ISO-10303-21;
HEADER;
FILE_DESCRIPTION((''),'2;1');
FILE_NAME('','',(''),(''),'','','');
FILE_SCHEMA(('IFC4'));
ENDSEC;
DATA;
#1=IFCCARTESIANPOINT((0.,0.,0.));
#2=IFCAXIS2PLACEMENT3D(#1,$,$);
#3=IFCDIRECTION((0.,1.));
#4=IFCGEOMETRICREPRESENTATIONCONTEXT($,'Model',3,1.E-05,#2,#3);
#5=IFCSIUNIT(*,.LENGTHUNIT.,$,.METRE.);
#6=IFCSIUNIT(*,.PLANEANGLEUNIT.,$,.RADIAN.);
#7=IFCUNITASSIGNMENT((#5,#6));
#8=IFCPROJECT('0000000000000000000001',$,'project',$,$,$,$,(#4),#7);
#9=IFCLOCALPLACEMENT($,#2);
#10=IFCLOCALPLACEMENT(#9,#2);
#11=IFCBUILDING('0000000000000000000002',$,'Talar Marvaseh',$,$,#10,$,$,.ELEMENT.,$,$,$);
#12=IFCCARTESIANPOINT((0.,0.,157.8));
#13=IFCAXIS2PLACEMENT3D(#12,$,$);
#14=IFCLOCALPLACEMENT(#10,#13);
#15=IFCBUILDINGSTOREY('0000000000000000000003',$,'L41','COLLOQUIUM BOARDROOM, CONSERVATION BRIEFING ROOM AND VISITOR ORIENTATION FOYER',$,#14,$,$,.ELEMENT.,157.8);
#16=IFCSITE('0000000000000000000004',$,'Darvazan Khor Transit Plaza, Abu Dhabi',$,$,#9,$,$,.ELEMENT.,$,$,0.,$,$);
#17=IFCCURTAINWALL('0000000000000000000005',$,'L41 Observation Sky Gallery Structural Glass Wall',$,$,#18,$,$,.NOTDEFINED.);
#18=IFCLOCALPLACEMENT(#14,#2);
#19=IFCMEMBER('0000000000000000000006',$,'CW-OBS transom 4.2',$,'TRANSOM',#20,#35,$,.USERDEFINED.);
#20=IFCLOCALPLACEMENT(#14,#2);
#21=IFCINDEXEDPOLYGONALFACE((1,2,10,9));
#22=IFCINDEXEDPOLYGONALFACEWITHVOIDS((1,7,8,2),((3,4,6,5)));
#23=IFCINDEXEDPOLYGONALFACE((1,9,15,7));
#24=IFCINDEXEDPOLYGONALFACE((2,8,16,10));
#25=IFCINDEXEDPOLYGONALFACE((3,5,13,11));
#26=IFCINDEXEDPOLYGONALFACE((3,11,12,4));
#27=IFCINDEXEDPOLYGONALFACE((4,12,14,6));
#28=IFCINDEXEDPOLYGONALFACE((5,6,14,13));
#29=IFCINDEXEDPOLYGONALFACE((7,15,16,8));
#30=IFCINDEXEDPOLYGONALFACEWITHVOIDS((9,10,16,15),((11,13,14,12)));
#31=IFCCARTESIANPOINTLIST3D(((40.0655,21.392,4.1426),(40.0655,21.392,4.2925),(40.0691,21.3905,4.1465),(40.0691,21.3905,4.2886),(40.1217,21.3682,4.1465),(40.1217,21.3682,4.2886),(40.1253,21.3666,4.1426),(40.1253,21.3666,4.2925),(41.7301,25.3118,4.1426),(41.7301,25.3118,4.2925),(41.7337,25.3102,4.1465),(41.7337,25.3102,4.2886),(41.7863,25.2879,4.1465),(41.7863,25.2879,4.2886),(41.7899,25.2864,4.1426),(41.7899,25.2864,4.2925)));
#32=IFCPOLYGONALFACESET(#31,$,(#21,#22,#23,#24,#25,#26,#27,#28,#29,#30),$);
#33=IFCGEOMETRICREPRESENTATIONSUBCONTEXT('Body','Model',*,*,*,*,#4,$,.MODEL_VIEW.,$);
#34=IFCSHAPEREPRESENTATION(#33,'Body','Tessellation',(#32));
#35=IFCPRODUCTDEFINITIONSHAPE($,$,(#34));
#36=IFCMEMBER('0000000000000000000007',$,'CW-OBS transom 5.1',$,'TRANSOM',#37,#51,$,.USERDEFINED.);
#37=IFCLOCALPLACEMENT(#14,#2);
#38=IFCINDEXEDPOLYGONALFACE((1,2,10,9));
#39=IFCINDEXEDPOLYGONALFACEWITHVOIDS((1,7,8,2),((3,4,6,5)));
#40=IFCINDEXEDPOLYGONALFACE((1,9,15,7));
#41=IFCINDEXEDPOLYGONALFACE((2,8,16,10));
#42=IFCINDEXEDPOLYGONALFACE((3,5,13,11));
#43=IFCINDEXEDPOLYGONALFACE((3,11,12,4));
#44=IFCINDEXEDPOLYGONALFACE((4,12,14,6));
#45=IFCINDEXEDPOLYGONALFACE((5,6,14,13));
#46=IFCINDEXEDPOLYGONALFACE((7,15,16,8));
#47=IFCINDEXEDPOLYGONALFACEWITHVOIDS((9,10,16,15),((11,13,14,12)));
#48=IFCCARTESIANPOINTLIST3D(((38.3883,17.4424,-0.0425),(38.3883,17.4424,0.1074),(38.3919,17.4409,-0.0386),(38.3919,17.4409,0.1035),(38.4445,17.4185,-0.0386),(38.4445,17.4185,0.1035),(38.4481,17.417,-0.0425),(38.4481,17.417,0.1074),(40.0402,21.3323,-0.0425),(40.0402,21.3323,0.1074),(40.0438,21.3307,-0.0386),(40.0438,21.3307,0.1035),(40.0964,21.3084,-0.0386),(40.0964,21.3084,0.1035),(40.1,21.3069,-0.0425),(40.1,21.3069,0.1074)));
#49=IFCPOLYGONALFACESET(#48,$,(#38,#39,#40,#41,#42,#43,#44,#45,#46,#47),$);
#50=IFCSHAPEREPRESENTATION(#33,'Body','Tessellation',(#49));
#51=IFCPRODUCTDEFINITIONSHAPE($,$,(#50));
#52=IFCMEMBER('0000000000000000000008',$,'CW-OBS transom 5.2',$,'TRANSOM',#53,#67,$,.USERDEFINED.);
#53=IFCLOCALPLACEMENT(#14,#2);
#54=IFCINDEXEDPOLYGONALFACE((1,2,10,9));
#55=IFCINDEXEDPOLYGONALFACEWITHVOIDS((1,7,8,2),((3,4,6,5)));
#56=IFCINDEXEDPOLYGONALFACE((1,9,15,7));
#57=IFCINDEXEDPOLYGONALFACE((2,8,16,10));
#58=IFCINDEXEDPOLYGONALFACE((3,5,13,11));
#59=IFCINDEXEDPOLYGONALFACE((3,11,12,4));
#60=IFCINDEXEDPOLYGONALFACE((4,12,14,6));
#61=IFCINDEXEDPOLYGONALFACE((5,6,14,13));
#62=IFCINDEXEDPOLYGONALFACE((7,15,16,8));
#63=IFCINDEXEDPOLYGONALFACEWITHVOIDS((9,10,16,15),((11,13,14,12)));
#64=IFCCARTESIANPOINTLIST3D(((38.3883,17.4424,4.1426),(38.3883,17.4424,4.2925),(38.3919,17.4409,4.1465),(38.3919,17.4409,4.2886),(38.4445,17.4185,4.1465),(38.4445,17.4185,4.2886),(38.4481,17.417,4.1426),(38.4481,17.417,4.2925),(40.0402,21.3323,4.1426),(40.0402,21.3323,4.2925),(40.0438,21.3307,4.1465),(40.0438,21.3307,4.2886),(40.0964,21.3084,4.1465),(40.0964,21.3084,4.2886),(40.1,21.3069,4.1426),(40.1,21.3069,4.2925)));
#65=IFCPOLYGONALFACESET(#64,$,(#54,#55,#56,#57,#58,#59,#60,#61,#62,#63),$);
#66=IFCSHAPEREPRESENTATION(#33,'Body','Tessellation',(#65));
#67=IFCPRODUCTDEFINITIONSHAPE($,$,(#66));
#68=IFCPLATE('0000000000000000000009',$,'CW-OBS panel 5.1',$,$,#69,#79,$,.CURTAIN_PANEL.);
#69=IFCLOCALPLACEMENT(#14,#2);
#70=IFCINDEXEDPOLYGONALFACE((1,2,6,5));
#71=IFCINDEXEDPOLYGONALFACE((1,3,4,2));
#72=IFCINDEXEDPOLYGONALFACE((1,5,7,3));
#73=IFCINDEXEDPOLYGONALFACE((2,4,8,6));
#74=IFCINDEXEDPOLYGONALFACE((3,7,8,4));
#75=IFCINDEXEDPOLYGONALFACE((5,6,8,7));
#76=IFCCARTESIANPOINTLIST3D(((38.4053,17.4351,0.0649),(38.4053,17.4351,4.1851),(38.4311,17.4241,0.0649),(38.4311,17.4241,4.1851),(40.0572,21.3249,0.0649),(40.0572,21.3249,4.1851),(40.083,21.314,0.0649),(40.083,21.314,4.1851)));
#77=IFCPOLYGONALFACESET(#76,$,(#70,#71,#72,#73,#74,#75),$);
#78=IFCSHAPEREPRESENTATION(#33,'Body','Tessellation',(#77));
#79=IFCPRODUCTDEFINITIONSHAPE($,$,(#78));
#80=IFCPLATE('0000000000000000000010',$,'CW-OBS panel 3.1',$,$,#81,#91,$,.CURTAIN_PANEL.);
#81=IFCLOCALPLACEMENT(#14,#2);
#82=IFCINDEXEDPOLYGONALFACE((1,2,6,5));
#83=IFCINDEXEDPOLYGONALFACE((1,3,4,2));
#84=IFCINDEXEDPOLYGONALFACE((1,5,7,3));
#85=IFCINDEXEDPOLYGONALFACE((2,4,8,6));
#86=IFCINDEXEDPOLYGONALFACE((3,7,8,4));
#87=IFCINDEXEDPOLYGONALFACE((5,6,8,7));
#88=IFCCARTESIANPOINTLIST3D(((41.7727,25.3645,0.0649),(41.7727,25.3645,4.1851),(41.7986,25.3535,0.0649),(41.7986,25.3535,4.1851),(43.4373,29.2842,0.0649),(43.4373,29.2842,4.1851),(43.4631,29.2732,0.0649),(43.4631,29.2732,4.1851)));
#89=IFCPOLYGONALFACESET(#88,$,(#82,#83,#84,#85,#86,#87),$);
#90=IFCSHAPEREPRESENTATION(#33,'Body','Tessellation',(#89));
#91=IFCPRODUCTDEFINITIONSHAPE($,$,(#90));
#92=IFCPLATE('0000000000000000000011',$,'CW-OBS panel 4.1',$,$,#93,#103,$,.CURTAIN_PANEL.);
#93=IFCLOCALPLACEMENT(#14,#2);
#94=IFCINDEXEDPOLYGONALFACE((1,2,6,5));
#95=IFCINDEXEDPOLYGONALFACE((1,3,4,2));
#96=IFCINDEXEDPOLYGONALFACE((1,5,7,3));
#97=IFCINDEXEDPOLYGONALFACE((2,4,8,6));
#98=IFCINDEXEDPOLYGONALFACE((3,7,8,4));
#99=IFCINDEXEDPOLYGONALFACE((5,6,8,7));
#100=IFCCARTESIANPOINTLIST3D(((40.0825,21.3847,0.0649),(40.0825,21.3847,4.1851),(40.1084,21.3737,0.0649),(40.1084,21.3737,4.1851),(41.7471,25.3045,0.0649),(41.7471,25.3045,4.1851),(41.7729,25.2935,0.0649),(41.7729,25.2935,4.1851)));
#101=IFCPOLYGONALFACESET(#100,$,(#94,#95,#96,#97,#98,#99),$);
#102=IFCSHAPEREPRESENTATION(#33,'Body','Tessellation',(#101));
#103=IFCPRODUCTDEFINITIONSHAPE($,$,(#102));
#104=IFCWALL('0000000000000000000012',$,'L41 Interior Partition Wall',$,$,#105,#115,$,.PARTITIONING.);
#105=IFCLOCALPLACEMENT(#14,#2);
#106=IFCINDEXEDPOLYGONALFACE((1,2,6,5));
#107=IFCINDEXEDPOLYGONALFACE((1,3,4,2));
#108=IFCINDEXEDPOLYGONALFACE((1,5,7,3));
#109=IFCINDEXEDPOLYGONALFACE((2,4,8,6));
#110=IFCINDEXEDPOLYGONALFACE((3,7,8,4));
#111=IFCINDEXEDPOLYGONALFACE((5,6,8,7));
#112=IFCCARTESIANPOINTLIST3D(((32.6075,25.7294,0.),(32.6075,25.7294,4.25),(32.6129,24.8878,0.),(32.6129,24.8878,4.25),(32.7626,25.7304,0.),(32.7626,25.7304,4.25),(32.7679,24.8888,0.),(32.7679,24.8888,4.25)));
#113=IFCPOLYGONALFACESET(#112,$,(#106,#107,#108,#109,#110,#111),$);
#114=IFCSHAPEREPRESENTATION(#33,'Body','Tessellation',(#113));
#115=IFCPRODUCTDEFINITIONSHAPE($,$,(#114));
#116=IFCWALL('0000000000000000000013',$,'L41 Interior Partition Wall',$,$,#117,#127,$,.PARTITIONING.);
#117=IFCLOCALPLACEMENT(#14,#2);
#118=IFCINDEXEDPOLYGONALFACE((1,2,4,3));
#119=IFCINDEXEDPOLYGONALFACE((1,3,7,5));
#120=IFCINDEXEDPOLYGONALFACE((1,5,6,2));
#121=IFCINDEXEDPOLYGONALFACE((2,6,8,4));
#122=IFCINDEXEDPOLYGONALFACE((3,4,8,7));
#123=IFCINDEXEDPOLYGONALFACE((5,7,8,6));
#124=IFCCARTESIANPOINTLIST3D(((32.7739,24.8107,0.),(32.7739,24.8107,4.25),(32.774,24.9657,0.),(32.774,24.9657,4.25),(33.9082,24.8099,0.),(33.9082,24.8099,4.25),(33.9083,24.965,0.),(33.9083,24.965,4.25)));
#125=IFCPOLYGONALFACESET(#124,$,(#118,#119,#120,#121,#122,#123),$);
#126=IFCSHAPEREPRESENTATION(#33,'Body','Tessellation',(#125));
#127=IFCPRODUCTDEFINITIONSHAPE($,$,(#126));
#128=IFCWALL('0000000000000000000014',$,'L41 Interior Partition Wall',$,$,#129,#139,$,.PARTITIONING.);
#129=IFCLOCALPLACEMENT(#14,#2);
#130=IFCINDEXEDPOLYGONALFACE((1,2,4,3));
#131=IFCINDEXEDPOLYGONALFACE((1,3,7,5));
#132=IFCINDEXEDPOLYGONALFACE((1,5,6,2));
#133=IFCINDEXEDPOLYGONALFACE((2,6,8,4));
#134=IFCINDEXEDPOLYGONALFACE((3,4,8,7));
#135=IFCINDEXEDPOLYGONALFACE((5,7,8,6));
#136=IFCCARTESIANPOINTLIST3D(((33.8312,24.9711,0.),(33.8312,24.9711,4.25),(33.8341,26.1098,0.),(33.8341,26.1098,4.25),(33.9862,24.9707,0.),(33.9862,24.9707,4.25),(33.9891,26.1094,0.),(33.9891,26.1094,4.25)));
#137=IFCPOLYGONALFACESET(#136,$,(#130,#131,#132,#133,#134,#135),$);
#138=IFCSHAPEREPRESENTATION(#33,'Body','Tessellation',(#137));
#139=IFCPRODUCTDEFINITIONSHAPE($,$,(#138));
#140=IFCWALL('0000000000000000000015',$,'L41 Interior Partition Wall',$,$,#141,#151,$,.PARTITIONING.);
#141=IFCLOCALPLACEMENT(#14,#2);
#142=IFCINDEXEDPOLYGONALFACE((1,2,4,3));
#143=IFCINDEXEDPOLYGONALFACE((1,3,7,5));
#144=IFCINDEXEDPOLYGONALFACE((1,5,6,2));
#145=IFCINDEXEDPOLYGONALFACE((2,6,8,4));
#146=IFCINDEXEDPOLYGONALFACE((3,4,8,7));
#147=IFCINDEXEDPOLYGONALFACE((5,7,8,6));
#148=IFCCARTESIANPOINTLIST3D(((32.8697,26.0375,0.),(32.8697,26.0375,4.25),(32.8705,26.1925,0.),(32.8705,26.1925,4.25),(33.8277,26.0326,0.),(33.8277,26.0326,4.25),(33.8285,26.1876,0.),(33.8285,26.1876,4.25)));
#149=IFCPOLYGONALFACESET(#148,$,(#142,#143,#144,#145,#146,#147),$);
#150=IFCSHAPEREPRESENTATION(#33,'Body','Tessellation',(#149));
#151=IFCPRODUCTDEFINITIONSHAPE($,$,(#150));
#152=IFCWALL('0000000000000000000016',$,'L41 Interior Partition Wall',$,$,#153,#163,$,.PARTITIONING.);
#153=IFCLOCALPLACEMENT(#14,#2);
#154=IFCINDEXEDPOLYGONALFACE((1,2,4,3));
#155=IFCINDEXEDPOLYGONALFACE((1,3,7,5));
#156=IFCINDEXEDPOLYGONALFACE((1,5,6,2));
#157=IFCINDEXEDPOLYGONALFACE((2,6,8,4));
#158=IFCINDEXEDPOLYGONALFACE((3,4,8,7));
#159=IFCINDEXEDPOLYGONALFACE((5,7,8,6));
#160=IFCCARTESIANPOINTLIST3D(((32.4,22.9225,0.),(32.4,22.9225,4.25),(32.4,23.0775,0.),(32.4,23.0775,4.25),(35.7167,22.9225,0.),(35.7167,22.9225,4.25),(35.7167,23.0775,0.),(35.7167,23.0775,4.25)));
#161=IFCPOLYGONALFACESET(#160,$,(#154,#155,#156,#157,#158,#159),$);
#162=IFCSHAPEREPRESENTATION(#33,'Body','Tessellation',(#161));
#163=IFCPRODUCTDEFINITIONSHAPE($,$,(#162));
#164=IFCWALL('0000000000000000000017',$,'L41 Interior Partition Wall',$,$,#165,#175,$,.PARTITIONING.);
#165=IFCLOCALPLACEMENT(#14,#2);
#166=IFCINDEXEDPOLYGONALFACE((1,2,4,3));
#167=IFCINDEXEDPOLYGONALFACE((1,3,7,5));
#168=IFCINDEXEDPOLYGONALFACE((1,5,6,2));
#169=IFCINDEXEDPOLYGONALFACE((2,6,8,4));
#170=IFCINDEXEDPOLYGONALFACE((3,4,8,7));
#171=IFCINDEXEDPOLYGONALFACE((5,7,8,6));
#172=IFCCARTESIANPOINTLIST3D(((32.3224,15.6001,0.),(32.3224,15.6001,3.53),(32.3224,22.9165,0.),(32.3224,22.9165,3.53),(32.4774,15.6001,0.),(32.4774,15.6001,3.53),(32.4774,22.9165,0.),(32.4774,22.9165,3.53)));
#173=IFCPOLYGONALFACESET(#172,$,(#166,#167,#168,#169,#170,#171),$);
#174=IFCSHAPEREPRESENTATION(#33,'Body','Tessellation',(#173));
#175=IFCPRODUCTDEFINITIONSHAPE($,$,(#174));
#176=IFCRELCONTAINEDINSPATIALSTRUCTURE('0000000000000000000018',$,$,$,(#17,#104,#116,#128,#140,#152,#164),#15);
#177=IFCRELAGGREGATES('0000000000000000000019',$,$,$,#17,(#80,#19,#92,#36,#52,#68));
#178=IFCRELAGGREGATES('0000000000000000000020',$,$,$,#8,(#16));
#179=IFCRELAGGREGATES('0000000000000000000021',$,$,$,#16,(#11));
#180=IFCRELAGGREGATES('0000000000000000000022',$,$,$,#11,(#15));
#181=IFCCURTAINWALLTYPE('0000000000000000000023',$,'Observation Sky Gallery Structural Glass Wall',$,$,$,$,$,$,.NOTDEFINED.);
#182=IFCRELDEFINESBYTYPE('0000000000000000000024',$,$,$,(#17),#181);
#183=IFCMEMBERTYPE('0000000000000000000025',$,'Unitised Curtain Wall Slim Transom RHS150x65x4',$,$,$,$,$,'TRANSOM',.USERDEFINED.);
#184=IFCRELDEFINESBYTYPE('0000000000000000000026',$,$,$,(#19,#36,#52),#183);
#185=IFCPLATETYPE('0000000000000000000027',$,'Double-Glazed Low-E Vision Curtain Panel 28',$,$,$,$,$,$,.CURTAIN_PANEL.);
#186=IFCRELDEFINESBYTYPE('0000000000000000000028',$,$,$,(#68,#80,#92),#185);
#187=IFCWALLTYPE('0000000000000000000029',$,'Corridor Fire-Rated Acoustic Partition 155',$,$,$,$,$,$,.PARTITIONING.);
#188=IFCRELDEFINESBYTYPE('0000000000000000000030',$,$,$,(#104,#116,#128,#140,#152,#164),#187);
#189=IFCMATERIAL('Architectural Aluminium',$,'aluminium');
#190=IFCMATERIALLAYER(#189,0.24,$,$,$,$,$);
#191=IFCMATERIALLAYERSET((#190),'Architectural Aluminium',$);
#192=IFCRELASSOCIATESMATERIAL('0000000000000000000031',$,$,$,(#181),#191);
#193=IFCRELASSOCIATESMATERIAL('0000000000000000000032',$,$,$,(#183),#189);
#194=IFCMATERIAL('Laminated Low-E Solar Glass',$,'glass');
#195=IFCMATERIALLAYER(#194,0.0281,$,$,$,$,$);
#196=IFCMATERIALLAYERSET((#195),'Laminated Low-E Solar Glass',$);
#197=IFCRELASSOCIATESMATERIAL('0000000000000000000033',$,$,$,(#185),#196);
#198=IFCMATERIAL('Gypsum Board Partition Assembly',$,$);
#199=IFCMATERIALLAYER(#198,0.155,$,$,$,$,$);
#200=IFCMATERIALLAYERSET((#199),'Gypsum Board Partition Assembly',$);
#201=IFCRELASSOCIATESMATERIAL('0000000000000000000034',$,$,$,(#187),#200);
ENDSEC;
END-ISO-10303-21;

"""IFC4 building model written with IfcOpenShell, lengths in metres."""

from ifc_helpers import new_model, si_unit, direction, frame, frame_2d, origin, origin_2d, place, context, subcontext, project, spatial, rectangle, hollow_rectangle, extrude, source, transform, mapped, material, layer, layer_set, material_profile, profile_set, type_object, type_shapes, element, aggregate, save


model = new_model("IFC4")

# Units and contexts
model_context = context("Model", 3, precision=1e-05, world=origin(), true_north=direction((0.0, 1.0)))
body_context = subcontext(model_context, "Body", "Model", "MODEL_VIEW")
ifc_project = project(units=[si_unit("LENGTHUNIT", "METRE"), si_unit("PLANEANGLEUNIT", "RADIAN")], contexts=[model_context])

# Site, building, storey
site_placement = place(None, origin())
site = spatial("IfcSite", under=ifc_project, at=site_placement, Name="Darvazan Khor Transit Plaza, Abu Dhabi", CompositionType="ELEMENT", RefElevation=0.0)
building_placement = place(site_placement, origin())
building = spatial("IfcBuilding", under=site, at=building_placement, Name="Talar Marvaseh", CompositionType="ELEMENT")
storey_placement = place(building_placement, frame((0.0, 0.0, 157.8)))
storey = spatial("IfcBuildingStorey", under=building, at=storey_placement, Name="L41", Description="COLLOQUIUM BOARDROOM, CONSERVATION BRIEFING ROOM AND VISITOR ORIENTATION FOYER", CompositionType="ELEMENT", Elevation=157.8)

# Curtain wall, members, plates
ifc_material_1 = material(Name="Architectural Aluminium", Category="aluminium")
ifc_layer_1 = layer(ifc_material_1, 0.24)
ifc_layer_set_1 = layer_set([ifc_layer_1], Name="Architectural Aluminium")
curtain_wall_type = type_object("IfcCurtainWallType", Name="Observation Sky Gallery Structural Glass Wall", PredefinedType="NOTDEFINED", material=ifc_layer_set_1)
curtain_wall_placement = place(storey_placement, origin())
curtain_wall = element("IfcCurtainWall", 1, at=curtain_wall_placement, inside=storey, type_object=curtain_wall_type, Name="L41 Observation Sky Gallery Structural Glass Wall", PredefinedType="NOTDEFINED")
ifc_material_profile_1 = material_profile(ifc_material_1, hollow_rectangle(XDim=0.0649, YDim=0.1499, WallThickness=0.0039, at=origin_2d()), Name="RHS150x65x4")
ifc_profile_set_1 = profile_set([ifc_material_profile_1], Name="Architectural Aluminium")
member_type_1 = type_object("IfcMemberType", Name="Unitised Curtain Wall Slim Transom RHS150x65x4", ElementType="TRANSOM", PredefinedType="USERDEFINED", material=ifc_profile_set_1)
shared_shape_1 = source(origin(), body_context, "Body", "SweptSolid", [
    extrude(hollow_rectangle(XDim=0.0649, YDim=0.1499, WallThickness=0.0039, at=origin_2d()), origin(), (0.0, 0.0, 1.0), 4.2585),
])
member_1_placement = place(storey_placement, frame((41.76, 25.2991, 4.2175), z_axis=(-0.39088, -0.920442, 0.0), x_axis=(0.920442, -0.39088, 0.0)))
member_1 = element("IfcMember", 2, at=member_1_placement, type_object=member_type_1, Name="CW-OBS transom 4.2", ObjectType="TRANSOM", PredefinedType="USERDEFINED", context=body_context, shape_type="MappedRepresentation", body=[
    mapped(shared_shape_1, transform((0.0, 0.0, 0.0), x_axis=(1.0, 0.0, 0.0), y_axis=(0.0, 1.0, 0.0), z_axis=(0.0, 0.0, 1.0), scale=1.0)),
])
shared_shape_2 = source(origin(), body_context, "Body", "SweptSolid", [
    extrude(hollow_rectangle(XDim=0.0649, YDim=0.1499, WallThickness=0.0039, at=origin_2d()), origin(), (0.0, 0.0, 1.0), 4.2261),
])
type_shapes(member_type_1, [shared_shape_1, shared_shape_2])
member_2_placement = place(storey_placement, frame((40.0701, 21.3196, 0.0325), z_axis=(-0.39087, -0.920446, 0.0), x_axis=(0.920446, -0.39087, 0.0)))
member_2 = element("IfcMember", 3, at=member_2_placement, type_object=member_type_1, Name="CW-OBS transom 5.1", ObjectType="TRANSOM", PredefinedType="USERDEFINED", context=body_context, shape_type="MappedRepresentation", body=[
    mapped(shared_shape_2, transform((0.0, 0.0, 0.0), x_axis=(1.0, 0.0, 0.0), y_axis=(0.0, 1.0, 0.0), z_axis=(0.0, 0.0, 1.0), scale=1.0)),
])
member_3_placement = place(storey_placement, frame((40.0701, 21.3196, 4.2175), z_axis=(-0.39087, -0.920446, 0.0), x_axis=(0.920446, -0.39087, 0.0)))
member_3 = element("IfcMember", 4, at=member_3_placement, type_object=member_type_1, Name="CW-OBS transom 5.2", ObjectType="TRANSOM", PredefinedType="USERDEFINED", context=body_context, shape_type="MappedRepresentation", body=[
    mapped(shared_shape_2, transform((0.0, 0.0, 0.0), x_axis=(1.0, 0.0, 0.0), y_axis=(0.0, 1.0, 0.0), z_axis=(0.0, 0.0, 1.0), scale=1.0)),
])
ifc_material_2 = material(Name="Laminated Low-E Solar Glass", Category="glass")
ifc_layer_2 = layer(ifc_material_2, 0.0281)
ifc_layer_set_2 = layer_set([ifc_layer_2], Name="Laminated Low-E Solar Glass")
plate_type = type_object("IfcPlateType", Name="Double-Glazed Low-E Vision Curtain Panel 28", PredefinedType="CURTAIN_PANEL", material=ifc_layer_set_2)
shared_shape_3 = source(origin(), body_context, "Body", "SweptSolid", [
    extrude(rectangle(XDim=4.2261, YDim=0.0281, at=origin_2d()), origin(), (0.0, 0.0, 1.0), 4.1201),
])
plate_1_placement = place(storey_placement, frame((39.2441, 19.3745, 0.0649), z_axis=(0.0, 0.0, 1.0), x_axis=(-0.390874, -0.920444, 0.0)))
plate_1 = element("IfcPlate", 5, at=plate_1_placement, type_object=plate_type, Name="CW-OBS panel 5.1", PredefinedType="CURTAIN_PANEL", context=body_context, shape_type="MappedRepresentation", body=[
    mapped(shared_shape_3, transform((0.0, 0.0, 0.0), x_axis=(1.0, 0.0, 0.0), y_axis=(0.0, 1.0, 0.0), z_axis=(0.0, 0.0, 1.0), scale=1.0)),
])
shared_shape_4 = source(origin(), body_context, "Body", "SweptSolid", [
    extrude(rectangle(XDim=4.2585, YDim=0.0281, at=origin_2d()), origin(), (0.0, 0.0, 1.0), 4.1201),
])
type_shapes(plate_type, [shared_shape_3, shared_shape_4])
plate_2_placement = place(storey_placement, frame((42.6179, 27.3188, 0.0649), z_axis=(0.0, 0.0, 1.0), x_axis=(-0.390874, -0.920444, 0.0)))
plate_2 = element("IfcPlate", 6, at=plate_2_placement, type_object=plate_type, Name="CW-OBS panel 3.1", PredefinedType="CURTAIN_PANEL", context=body_context, shape_type="MappedRepresentation", body=[
    mapped(shared_shape_4, transform((0.0, 0.0, 0.0), x_axis=(1.0, 0.0, 0.0), y_axis=(0.0, 1.0, 0.0), z_axis=(0.0, 0.0, 1.0), scale=1.0)),
])
plate_3_placement = place(storey_placement, frame((40.9277, 23.3391, 0.0649), z_axis=(0.0, 0.0, 1.0), x_axis=(-0.390874, -0.920444, 0.0)))
plate_3 = element("IfcPlate", 7, at=plate_3_placement, type_object=plate_type, Name="CW-OBS panel 4.1", PredefinedType="CURTAIN_PANEL", context=body_context, shape_type="MappedRepresentation", body=[
    mapped(shared_shape_4, transform((0.0, 0.0, 0.0), x_axis=(1.0, 0.0, 0.0), y_axis=(0.0, 1.0, 0.0), z_axis=(0.0, 0.0, 1.0), scale=1.0)),
])
aggregate(curtain_wall, [plate_2, member_1, plate_3, member_2, member_3, plate_1])

# Walls
ifc_material_3 = material(Name="Gypsum Board Partition Assembly")
ifc_layer_3 = layer(ifc_material_3, 0.155)
ifc_layer_set_3 = layer_set([ifc_layer_3], Name="Gypsum Board Partition Assembly")
wall_type_1 = type_object("IfcWallType", Name="Corridor Fire-Rated Acoustic Partition 155", PredefinedType="PARTITIONING", material=ifc_layer_set_3)
wall_1_placement = place(storey_placement, frame((32.6851, 25.73, 0.0), z_axis=(0.0, 0.0, 1.0), x_axis=(0.006382, -0.99998, 0.0)))
element("IfcWall", 8, at=wall_1_placement, inside=storey, type_object=wall_type_1, Name="L41 Interior Partition Wall", PredefinedType="PARTITIONING", context=body_context, shape_type="SweptSolid", body=[
    extrude(rectangle(XDim=0.8416, YDim=0.155, at=frame_2d((0.4209, 0.0))), origin(), (0.0, 0.0, 1.0), 4.25),
])
wall_2_placement = place(storey_placement, frame((32.7739, 24.8882, 0.0), z_axis=(0.0, 0.0, 1.0), x_axis=(1.0, -0.000646, 0.0)))
element("IfcWall", 9, at=wall_2_placement, inside=storey, type_object=wall_type_1, Name="L41 Interior Partition Wall", PredefinedType="PARTITIONING", context=body_context, shape_type="SweptSolid", body=[
    extrude(rectangle(XDim=1.1343, YDim=0.155, at=frame_2d((0.5671, 0.0))), origin(), (0.0, 0.0, 1.0), 4.25),
])
wall_3_placement = place(storey_placement, frame((33.9087, 24.9709, 0.0), z_axis=(0.0, 0.0, 1.0), x_axis=(0.002573, 0.999997, 0.0)))
element("IfcWall", 10, at=wall_3_placement, inside=storey, type_object=wall_type_1, Name="L41 Interior Partition Wall", PredefinedType="PARTITIONING", context=body_context, shape_type="SweptSolid", body=[
    extrude(rectangle(XDim=1.1387, YDim=0.155, at=frame_2d((0.5693, 0.0))), origin(), (0.0, 0.0, 1.0), 4.25),
])
wall_4_placement = place(storey_placement, frame((33.8281, 26.1101, 0.0), z_axis=(0.0, 0.0, 1.0), x_axis=(-0.999987, 0.005097, 0.0)))
element("IfcWall", 11, at=wall_4_placement, inside=storey, type_object=wall_type_1, Name="L41 Interior Partition Wall", PredefinedType="PARTITIONING", context=body_context, shape_type="SweptSolid", body=[
    extrude(rectangle(XDim=0.958, YDim=0.155, at=frame_2d((0.479, 0.0))), origin(), (0.0, 0.0, 1.0), 4.25),
])
wall_5_placement = place(storey_placement, frame((35.7166, 23.0, 0.0), z_axis=(0.0, 0.0, 1.0), x_axis=(-1.0, 0.0, 0.0)))
element("IfcWall", 12, at=wall_5_placement, inside=storey, type_object=wall_type_1, Name="L41 Interior Partition Wall", PredefinedType="PARTITIONING", context=body_context, shape_type="SweptSolid", body=[
    extrude(rectangle(XDim=3.3167, YDim=0.155, at=frame_2d((1.6582, 0.0))), origin(), (0.0, 0.0, 1.0), 4.25),
])
wall_6_placement = place(storey_placement, frame((32.3999, 22.9165, 0.0), z_axis=(0.0, 0.0, 1.0), x_axis=(0.0, -1.0, 0.0)))
element("IfcWall", 13, at=wall_6_placement, inside=storey, type_object=wall_type_1, Name="L41 Interior Partition Wall", PredefinedType="PARTITIONING", context=body_context, shape_type="SweptSolid", body=[
    extrude(rectangle(XDim=7.3164, YDim=0.155, at=frame_2d((3.6582, 0.0))), origin(), (0.0, 0.0, 1.0), 3.53),
])

save(model, "model.ifc")
